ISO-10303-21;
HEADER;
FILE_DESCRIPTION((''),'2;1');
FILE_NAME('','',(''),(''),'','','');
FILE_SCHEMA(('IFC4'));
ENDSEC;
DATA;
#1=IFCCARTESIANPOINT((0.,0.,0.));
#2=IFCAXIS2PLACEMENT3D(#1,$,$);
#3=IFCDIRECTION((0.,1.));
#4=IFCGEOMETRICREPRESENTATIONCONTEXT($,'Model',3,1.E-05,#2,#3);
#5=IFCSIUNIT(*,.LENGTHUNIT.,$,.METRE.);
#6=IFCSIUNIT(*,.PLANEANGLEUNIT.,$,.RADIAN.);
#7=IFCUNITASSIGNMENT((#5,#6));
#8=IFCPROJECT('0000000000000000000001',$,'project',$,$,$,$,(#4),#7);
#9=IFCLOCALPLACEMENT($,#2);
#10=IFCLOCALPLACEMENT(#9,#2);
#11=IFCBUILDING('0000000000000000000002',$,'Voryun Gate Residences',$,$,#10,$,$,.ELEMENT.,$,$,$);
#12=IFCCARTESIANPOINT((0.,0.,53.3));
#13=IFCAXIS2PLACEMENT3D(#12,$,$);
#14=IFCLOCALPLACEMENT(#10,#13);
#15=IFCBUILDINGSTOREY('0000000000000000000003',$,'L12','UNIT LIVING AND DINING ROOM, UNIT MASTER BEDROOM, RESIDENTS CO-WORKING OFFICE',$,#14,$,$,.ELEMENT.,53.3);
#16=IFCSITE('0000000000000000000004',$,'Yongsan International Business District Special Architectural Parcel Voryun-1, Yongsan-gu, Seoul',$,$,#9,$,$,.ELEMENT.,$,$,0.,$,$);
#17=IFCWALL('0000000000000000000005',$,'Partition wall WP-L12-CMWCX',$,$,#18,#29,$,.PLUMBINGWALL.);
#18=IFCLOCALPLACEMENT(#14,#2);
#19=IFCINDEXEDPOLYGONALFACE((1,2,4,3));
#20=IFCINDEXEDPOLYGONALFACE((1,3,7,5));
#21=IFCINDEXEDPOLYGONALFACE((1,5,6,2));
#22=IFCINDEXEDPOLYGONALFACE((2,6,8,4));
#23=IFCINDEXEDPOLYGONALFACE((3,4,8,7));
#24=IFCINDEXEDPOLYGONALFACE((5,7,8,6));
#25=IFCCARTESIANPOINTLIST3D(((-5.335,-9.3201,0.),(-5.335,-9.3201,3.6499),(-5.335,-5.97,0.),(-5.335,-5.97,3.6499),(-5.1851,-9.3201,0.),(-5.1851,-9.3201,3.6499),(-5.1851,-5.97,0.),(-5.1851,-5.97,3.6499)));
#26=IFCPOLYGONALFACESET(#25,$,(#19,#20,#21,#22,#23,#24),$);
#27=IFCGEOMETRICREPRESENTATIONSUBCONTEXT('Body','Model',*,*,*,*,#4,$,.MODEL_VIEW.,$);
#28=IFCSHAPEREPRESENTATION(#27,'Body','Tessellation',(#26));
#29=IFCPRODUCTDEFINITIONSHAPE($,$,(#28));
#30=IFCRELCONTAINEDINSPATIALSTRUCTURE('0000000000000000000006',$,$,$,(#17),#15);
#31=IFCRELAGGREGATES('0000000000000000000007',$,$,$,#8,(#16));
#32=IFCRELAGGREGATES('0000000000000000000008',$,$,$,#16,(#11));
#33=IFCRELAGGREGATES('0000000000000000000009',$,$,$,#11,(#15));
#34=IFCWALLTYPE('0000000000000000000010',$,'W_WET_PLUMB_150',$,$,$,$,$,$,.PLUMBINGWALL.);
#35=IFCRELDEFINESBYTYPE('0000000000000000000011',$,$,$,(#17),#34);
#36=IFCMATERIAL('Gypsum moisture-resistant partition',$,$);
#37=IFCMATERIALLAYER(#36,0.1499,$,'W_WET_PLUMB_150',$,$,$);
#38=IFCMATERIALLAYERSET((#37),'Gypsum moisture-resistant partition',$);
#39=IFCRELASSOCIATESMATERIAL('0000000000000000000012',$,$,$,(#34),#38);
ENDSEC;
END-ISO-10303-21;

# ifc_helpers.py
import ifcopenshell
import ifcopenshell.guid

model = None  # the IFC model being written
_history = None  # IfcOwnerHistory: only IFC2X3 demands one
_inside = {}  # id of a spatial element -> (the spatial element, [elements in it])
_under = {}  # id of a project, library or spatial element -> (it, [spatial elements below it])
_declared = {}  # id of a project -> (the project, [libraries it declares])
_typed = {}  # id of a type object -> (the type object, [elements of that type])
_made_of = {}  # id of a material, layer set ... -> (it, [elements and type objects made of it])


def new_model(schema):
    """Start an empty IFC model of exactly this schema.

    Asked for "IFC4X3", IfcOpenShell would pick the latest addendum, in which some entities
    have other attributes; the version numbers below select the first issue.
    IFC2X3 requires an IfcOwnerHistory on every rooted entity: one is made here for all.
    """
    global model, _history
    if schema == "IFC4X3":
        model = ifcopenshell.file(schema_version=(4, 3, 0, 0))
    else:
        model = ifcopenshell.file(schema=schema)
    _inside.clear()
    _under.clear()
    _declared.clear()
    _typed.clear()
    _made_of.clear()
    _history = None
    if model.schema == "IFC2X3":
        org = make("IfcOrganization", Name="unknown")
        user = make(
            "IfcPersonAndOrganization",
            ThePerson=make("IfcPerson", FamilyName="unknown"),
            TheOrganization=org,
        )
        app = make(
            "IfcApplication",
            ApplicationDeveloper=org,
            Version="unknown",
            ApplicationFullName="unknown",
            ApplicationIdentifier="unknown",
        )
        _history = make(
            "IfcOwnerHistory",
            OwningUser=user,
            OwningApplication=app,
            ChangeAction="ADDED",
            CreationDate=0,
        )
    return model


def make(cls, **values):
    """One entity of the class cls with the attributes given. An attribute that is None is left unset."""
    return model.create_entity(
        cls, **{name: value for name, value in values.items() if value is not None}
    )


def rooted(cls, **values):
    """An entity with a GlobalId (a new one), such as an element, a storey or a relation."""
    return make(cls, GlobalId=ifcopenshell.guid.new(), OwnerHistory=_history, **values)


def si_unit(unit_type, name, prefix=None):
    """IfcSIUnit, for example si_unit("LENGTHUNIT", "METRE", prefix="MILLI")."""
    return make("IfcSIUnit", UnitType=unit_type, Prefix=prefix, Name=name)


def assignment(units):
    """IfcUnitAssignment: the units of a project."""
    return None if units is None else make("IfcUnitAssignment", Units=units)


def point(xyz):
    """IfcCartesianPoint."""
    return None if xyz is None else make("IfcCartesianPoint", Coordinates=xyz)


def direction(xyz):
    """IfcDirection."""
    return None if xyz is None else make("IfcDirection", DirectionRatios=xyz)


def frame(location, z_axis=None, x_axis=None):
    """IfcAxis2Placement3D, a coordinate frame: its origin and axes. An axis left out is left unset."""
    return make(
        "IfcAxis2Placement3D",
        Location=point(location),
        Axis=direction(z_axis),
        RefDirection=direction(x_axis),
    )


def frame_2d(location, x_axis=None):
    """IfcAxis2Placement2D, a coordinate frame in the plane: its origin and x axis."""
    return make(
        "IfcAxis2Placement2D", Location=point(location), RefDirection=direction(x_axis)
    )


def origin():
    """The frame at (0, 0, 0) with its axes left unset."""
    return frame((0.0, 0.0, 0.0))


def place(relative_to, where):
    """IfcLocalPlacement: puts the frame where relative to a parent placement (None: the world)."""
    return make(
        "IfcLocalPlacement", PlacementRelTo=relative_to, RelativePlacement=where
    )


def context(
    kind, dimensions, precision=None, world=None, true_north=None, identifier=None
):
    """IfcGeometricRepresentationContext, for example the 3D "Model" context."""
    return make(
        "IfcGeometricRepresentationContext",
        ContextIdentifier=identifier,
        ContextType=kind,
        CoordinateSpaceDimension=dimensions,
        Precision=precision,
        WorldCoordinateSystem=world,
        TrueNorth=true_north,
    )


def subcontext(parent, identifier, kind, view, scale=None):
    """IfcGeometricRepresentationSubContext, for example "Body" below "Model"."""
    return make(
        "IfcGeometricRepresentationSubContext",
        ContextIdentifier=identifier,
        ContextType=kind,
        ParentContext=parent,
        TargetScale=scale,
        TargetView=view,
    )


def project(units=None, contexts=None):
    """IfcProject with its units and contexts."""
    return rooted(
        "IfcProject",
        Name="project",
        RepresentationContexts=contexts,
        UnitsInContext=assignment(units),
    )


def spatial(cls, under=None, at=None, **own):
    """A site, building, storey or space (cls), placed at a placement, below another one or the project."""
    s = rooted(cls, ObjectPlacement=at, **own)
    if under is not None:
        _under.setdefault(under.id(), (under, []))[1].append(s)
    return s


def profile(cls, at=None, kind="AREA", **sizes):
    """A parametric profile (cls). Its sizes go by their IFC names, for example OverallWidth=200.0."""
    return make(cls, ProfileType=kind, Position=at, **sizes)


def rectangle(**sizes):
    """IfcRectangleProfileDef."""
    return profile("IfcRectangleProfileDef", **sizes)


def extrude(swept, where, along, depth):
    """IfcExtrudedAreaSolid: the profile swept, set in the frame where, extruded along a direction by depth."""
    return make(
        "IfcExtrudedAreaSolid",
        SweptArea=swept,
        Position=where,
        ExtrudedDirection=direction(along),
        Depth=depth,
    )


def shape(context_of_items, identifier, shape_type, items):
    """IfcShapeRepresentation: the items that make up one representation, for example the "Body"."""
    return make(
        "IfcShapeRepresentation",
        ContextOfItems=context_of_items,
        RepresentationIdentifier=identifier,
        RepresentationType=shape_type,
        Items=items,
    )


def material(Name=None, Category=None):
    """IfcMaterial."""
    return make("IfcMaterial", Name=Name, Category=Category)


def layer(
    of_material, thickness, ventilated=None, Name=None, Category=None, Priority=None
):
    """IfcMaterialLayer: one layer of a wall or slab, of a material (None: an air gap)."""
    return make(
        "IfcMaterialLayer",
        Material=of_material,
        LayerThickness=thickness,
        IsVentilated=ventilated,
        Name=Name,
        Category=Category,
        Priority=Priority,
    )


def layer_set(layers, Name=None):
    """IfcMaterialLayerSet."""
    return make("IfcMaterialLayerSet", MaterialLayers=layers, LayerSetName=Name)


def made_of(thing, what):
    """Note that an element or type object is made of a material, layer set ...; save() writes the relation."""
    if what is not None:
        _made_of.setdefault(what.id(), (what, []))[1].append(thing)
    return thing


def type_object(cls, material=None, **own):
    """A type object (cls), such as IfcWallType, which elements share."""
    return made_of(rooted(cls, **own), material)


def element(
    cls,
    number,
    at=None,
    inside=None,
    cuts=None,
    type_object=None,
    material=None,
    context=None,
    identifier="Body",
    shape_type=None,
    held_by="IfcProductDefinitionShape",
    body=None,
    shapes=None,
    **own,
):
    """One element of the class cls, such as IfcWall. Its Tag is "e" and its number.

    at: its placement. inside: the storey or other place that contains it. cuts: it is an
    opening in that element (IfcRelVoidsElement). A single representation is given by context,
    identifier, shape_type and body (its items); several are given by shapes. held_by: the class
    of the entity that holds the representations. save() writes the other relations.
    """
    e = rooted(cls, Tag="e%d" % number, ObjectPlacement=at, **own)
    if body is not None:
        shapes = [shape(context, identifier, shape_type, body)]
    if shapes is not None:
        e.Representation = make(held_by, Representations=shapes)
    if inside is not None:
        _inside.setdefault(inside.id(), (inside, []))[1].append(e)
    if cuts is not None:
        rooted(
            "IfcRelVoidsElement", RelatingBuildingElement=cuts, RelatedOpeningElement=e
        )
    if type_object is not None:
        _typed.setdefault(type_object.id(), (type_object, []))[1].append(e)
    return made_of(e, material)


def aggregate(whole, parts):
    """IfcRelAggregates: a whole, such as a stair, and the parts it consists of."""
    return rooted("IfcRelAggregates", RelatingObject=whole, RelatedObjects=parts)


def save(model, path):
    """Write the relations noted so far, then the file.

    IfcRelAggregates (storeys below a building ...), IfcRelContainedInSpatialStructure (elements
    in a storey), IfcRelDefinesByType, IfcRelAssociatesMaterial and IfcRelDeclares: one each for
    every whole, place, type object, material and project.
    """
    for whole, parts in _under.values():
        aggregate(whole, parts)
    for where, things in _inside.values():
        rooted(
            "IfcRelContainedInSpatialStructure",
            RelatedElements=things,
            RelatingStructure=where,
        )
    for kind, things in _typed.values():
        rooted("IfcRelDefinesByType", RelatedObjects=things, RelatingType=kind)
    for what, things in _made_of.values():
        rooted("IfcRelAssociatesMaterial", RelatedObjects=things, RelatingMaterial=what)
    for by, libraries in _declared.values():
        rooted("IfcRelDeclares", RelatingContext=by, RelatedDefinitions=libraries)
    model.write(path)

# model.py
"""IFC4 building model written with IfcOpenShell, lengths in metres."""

from ifc_helpers import new_model, si_unit, direction, frame, frame_2d, origin, place, context, subcontext, project, spatial, rectangle, extrude, material, layer, layer_set, type_object, element, save


model = new_model("IFC4")

# Units and contexts
model_context = context("Model", 3, precision=1e-05, world=origin(), true_north=direction((0.0, 1.0)))
body_context = subcontext(model_context, "Body", "Model", "MODEL_VIEW")
ifc_project = project(units=[si_unit("LENGTHUNIT", "METRE"), si_unit("PLANEANGLEUNIT", "RADIAN")], contexts=[model_context])

# Site, building, storey
site_placement = place(None, origin())
site = spatial("IfcSite", under=ifc_project, at=site_placement, Name="Yongsan International Business District Special Architectural Parcel Voryun-1, Yongsan-gu, Seoul", CompositionType="ELEMENT", RefElevation=0.0)
building_placement = place(site_placement, origin())
building = spatial("IfcBuilding", under=site, at=building_placement, Name="Voryun Gate Residences", CompositionType="ELEMENT")
storey_placement = place(building_placement, frame((0.0, 0.0, 53.3)))
storey = spatial("IfcBuildingStorey", under=building, at=storey_placement, Name="L12", Description="UNIT LIVING AND DINING ROOM, UNIT MASTER BEDROOM, RESIDENTS CO-WORKING OFFICE", CompositionType="ELEMENT", Elevation=53.3)

# Wall
ifc_material_1 = material(Name="Gypsum moisture-resistant partition")
ifc_layer_1 = layer(ifc_material_1, 0.1499, Name="W_WET_PLUMB_150")
ifc_layer_set_1 = layer_set([ifc_layer_1], Name="Gypsum moisture-resistant partition")
wall_type_1 = type_object("IfcWallType", Name="W_WET_PLUMB_150", PredefinedType="PLUMBINGWALL", material=ifc_layer_set_1)
wall_1_placement = place(storey_placement, frame((-5.26, -9.3201, 0.0), z_axis=(0.0, 0.0, 1.0), x_axis=(0.0, 1.0, 0.0)))
element("IfcWall", 1, at=wall_1_placement, inside=storey, type_object=wall_type_1, Name="Partition wall WP-L12-CMWCX", PredefinedType="PLUMBINGWALL", context=body_context, shape_type="SweptSolid", body=[
    extrude(rectangle(XDim=3.3501, YDim=0.1499, at=frame_2d((1.675, 0.0))), origin(), (0.0, 0.0, 1.0), 3.6499),
])

save(model, "model.ifc")
